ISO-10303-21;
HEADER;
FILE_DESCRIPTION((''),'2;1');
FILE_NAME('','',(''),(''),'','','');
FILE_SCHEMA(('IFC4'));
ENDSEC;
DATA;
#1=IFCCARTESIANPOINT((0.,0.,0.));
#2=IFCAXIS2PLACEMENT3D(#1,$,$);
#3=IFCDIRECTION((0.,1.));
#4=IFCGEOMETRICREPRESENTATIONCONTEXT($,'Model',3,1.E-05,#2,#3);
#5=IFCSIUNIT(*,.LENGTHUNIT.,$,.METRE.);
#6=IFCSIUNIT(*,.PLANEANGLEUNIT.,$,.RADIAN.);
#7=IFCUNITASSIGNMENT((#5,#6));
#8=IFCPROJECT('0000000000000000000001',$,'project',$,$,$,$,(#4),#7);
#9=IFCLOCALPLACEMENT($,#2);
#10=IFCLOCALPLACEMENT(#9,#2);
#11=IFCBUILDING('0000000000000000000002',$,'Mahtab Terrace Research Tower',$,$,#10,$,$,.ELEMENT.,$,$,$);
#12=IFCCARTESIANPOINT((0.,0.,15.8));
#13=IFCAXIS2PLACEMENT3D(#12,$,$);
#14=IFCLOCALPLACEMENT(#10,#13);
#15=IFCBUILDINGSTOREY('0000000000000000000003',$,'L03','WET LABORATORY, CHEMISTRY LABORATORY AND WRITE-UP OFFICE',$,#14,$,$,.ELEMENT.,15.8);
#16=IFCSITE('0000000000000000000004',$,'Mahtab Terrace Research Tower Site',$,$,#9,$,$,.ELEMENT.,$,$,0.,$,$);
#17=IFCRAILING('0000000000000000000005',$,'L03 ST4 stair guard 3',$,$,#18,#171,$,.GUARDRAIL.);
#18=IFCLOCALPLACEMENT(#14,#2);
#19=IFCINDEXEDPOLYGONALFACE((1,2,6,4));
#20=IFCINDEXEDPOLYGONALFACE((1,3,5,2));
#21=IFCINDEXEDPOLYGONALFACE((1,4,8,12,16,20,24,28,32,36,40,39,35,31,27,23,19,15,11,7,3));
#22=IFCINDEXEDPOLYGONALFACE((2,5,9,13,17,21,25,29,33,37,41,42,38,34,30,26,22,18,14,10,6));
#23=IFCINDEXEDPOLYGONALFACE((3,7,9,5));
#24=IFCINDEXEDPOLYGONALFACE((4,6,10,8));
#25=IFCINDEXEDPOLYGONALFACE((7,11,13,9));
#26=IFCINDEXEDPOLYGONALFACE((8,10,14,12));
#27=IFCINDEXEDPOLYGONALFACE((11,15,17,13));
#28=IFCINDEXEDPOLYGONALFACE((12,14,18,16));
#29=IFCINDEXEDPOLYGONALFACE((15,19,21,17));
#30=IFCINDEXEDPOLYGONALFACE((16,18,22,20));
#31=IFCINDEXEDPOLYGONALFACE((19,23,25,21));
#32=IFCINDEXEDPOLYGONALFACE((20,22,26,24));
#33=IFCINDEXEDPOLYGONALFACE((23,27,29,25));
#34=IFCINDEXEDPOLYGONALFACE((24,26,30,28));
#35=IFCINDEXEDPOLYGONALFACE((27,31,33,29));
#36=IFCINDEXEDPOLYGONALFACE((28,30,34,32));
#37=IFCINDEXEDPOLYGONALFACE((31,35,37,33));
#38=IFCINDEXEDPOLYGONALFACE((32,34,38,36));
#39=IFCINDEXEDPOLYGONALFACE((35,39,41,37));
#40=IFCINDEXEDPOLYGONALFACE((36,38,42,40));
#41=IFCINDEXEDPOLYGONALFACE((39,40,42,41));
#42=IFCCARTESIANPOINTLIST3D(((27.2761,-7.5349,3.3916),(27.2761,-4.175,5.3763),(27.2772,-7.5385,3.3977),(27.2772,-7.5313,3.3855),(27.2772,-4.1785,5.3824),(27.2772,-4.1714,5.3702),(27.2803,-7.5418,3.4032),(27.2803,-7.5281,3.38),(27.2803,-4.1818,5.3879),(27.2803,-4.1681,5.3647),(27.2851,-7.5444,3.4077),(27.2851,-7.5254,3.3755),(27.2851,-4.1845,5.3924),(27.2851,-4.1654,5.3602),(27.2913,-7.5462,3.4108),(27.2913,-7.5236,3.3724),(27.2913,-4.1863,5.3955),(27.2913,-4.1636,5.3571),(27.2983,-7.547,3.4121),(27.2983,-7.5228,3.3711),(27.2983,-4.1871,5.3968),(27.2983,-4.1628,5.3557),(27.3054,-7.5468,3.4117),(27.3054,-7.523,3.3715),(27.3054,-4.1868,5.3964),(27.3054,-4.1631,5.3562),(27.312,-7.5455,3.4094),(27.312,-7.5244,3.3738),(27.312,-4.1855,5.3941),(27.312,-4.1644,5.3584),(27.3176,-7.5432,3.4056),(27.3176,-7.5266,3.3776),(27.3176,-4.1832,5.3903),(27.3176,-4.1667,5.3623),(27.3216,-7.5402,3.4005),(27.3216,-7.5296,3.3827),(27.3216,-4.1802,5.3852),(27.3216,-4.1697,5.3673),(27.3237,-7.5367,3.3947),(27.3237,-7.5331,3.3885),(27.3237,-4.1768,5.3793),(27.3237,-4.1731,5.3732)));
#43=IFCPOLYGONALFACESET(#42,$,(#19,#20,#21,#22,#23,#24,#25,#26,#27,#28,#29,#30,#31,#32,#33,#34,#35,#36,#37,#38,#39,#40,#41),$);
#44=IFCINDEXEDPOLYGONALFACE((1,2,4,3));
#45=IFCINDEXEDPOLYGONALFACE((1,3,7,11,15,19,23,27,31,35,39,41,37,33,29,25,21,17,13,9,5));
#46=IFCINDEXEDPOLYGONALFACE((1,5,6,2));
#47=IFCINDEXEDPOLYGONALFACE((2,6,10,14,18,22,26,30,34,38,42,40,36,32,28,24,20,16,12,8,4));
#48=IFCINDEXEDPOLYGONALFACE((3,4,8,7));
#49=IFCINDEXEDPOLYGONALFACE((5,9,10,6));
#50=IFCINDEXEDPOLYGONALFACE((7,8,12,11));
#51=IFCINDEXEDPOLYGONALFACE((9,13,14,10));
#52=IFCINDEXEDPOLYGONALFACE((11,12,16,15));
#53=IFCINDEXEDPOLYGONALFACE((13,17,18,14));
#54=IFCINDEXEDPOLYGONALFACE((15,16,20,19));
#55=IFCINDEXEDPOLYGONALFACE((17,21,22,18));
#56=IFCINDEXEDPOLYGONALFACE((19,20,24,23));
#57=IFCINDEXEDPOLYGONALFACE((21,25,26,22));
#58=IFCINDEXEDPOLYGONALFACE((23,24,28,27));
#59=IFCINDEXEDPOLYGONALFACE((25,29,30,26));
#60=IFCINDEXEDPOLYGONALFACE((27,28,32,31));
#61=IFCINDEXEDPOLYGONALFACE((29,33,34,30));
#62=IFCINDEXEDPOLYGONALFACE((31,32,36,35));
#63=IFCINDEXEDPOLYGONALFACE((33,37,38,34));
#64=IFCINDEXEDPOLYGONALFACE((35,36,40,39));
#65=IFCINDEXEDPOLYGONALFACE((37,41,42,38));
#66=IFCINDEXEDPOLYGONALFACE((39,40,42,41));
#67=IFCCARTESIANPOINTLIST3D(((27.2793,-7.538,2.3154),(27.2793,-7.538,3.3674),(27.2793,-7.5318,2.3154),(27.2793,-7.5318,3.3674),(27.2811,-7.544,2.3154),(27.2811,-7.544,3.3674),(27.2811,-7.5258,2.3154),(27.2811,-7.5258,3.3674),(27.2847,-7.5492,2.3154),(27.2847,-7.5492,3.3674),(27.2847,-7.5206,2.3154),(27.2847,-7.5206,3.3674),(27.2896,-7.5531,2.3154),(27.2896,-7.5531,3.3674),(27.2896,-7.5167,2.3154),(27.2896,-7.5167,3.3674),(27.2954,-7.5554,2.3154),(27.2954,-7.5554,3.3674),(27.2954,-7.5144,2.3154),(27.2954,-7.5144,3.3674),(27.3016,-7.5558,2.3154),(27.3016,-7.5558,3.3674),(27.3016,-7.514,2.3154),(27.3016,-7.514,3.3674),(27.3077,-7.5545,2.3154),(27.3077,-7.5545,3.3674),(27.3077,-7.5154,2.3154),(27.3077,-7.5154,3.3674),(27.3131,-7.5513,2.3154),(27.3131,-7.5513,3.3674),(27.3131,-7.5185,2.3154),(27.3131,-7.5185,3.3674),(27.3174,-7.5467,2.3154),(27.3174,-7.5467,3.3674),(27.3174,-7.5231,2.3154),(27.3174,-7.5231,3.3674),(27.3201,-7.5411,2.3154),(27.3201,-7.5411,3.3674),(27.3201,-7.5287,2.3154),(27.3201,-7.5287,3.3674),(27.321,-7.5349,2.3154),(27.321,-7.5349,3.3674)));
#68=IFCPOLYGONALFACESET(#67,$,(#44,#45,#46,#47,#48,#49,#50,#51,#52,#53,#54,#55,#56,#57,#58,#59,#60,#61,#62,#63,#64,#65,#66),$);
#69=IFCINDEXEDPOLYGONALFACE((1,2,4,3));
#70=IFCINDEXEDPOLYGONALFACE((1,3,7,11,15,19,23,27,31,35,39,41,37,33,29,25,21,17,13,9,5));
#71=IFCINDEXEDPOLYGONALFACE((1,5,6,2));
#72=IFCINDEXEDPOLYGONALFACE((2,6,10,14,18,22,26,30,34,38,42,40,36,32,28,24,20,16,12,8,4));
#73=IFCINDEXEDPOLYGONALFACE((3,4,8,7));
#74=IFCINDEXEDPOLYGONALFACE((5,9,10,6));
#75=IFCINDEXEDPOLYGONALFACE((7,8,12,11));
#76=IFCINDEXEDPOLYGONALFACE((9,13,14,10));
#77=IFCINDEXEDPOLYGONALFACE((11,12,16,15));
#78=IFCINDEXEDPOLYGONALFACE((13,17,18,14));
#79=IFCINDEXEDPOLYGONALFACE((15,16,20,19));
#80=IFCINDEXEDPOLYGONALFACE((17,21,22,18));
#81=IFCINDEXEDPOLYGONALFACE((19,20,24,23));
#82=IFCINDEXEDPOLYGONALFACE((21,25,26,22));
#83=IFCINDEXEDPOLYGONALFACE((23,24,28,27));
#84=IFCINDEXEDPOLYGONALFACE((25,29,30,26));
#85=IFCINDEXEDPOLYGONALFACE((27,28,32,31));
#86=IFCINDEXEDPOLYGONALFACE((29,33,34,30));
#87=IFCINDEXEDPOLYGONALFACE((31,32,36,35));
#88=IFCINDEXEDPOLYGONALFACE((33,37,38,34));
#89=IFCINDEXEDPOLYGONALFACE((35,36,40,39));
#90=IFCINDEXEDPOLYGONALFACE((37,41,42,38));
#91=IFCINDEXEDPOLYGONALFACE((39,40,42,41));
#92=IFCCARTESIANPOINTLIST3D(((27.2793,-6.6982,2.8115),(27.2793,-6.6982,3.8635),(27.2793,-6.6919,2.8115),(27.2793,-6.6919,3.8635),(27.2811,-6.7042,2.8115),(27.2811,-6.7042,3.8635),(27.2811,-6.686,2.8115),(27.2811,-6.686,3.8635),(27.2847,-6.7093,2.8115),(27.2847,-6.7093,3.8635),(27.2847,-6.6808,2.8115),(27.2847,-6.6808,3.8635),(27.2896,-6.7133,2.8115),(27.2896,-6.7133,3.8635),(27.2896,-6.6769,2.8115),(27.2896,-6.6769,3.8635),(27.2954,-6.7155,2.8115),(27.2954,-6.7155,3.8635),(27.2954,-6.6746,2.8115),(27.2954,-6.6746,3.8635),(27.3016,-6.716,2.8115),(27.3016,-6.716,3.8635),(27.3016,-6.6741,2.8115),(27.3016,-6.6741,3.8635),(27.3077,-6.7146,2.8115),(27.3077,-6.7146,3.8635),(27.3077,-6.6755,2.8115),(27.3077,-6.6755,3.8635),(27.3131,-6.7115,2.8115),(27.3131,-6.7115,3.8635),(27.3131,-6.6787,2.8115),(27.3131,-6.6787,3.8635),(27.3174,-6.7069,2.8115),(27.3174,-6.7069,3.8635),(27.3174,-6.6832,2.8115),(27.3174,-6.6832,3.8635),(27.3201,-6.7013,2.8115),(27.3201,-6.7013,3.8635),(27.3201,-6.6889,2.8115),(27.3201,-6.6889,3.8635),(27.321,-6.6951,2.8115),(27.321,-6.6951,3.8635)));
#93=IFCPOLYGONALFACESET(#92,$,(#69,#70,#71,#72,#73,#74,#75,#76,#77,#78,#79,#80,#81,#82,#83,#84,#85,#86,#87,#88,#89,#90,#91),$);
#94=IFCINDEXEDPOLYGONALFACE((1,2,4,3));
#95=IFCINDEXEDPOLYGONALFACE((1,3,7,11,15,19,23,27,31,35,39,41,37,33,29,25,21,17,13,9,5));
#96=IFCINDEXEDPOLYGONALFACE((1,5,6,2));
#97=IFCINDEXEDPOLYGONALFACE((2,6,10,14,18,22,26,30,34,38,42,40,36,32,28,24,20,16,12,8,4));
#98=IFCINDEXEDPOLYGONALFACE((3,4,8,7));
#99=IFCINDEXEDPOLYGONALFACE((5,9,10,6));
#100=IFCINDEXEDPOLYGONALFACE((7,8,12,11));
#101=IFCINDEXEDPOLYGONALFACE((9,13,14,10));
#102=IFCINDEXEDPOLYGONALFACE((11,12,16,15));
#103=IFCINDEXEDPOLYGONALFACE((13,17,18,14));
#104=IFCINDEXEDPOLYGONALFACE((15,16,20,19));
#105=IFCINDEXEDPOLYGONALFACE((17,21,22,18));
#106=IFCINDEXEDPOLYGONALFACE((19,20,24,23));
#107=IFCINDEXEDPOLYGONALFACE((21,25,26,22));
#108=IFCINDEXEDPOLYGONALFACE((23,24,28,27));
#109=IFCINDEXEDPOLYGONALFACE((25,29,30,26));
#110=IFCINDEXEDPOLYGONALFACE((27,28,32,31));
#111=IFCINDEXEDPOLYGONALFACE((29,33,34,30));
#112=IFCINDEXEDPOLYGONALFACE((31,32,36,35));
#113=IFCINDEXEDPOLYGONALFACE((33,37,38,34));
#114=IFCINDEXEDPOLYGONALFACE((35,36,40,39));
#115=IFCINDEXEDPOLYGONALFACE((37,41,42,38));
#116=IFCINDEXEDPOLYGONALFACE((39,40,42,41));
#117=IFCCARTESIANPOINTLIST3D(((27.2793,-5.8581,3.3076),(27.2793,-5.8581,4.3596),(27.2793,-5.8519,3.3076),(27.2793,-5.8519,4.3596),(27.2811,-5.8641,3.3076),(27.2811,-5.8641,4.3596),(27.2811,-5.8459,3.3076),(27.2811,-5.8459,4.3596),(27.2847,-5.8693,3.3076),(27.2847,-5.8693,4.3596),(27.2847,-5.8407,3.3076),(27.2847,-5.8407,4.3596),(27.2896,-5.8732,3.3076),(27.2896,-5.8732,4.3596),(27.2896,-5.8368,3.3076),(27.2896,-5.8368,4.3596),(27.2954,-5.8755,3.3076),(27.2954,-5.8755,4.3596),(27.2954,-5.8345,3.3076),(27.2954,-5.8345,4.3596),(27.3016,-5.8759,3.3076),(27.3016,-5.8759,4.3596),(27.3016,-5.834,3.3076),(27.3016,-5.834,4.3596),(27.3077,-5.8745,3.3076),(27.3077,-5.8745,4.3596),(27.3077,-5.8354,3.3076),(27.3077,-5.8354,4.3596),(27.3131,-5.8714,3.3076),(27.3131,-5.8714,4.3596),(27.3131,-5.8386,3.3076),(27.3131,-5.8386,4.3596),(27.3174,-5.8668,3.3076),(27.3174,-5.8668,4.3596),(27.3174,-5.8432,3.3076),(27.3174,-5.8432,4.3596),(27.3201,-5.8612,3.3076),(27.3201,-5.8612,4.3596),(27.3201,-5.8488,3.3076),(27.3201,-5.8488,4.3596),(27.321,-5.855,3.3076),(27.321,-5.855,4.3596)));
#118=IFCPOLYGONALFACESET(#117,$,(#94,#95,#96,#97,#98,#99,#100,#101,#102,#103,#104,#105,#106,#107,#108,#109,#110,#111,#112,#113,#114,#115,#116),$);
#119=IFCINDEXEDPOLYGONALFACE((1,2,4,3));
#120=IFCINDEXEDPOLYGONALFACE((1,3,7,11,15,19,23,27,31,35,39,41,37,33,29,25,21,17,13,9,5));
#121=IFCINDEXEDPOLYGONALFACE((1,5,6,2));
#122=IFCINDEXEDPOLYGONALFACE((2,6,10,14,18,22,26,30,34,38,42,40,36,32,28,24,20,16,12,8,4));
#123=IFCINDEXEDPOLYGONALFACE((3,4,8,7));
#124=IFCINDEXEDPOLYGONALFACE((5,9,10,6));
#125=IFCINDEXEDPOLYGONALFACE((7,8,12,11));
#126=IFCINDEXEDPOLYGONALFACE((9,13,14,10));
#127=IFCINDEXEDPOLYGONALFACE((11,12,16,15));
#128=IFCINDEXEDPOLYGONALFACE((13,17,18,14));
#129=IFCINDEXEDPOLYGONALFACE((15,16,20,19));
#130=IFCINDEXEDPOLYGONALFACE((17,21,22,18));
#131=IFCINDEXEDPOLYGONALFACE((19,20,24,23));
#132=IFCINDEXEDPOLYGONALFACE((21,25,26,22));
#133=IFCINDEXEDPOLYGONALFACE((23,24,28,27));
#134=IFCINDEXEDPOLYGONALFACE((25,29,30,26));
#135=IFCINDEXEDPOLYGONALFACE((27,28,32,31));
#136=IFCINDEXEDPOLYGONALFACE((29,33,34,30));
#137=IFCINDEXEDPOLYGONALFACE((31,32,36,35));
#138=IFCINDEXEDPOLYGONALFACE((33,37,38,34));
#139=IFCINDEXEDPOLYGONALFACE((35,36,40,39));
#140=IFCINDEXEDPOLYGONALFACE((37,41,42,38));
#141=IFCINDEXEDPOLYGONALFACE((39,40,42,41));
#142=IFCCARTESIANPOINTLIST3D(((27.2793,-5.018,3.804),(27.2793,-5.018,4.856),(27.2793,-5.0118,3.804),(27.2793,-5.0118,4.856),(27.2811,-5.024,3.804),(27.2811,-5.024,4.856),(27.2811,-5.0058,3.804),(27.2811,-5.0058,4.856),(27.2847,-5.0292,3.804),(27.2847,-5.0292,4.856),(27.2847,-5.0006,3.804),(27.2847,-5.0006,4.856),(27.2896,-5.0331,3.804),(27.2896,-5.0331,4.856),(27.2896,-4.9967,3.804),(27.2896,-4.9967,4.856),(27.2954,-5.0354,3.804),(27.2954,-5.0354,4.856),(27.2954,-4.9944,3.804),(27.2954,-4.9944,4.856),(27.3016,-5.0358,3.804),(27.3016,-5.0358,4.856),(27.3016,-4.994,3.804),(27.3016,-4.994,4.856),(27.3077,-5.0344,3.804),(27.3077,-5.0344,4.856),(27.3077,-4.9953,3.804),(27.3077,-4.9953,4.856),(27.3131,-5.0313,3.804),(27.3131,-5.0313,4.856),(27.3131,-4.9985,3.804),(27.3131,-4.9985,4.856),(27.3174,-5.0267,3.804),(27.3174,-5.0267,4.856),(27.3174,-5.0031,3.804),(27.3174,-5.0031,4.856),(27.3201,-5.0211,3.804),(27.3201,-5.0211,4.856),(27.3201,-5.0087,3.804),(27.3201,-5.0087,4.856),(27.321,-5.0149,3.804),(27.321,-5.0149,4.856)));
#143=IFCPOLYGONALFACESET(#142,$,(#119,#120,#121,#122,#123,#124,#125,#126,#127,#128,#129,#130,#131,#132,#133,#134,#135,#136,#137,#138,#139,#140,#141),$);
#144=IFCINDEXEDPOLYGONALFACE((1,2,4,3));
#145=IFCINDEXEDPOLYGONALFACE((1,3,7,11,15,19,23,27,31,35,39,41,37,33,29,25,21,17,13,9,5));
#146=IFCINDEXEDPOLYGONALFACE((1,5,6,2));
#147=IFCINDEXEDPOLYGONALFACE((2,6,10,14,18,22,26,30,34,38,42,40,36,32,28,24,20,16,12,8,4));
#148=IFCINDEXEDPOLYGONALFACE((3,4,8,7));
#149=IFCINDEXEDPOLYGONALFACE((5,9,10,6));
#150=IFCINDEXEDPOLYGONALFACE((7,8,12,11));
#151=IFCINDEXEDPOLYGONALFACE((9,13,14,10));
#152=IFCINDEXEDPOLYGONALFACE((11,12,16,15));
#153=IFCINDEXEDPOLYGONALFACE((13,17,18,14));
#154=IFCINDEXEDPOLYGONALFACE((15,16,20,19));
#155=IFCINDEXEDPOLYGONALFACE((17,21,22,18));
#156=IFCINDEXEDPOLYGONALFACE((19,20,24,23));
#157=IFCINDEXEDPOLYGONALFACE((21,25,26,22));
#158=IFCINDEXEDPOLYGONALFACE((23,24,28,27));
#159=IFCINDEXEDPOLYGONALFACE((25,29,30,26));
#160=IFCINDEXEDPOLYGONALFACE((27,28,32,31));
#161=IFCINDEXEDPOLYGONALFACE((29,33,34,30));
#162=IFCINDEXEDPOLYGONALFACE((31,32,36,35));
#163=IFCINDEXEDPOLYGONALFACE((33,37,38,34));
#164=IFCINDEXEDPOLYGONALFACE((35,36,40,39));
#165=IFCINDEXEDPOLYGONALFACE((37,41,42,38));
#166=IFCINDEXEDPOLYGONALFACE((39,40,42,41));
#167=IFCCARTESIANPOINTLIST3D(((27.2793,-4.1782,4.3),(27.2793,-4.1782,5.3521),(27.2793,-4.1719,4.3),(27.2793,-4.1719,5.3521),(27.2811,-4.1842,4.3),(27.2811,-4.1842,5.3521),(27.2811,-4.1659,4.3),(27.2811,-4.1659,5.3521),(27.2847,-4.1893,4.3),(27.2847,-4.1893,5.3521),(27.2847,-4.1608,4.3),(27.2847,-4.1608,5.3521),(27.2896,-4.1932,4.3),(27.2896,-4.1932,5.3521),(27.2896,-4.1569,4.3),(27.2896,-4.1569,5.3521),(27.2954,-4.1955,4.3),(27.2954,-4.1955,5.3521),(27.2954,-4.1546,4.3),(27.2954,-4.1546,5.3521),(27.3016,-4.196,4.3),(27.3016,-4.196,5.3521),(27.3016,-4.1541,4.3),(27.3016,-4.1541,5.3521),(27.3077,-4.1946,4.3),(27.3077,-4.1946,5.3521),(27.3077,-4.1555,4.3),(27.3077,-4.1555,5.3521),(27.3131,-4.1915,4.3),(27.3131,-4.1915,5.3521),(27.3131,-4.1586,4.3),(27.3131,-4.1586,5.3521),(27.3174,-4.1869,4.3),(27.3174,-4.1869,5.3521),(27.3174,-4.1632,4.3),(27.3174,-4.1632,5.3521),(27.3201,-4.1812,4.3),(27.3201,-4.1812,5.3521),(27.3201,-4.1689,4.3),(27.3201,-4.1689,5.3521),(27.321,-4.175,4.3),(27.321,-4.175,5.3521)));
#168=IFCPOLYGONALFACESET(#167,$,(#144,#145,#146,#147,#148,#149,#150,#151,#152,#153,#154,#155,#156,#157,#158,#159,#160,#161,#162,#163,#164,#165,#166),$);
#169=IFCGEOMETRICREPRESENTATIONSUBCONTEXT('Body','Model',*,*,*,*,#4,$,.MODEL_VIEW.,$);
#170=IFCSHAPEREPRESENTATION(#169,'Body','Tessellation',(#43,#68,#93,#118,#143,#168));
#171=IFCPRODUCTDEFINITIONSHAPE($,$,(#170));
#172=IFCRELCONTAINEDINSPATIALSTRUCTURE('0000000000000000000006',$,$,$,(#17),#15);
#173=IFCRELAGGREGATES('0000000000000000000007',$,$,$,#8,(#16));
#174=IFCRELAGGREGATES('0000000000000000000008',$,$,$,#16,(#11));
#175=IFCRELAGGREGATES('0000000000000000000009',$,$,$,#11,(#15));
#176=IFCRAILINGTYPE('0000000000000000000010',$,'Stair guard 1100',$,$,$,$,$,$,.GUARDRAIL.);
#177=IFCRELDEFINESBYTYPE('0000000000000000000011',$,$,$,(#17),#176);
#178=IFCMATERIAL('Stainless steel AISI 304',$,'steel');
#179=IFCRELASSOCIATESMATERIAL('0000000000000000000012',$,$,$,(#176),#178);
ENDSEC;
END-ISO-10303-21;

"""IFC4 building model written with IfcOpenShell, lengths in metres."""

from ifc_helpers import new_model, si_unit, direction, frame, origin, origin_2d, place, context, subcontext, project, spatial, circle, extrude, material, type_object, element, save


model = new_model("IFC4")

# Units and contexts
model_context = context("Model", 3, precision=1e-05, world=origin(), true_north=direction((0.0, 1.0)))
body_context = subcontext(model_context, "Body", "Model", "MODEL_VIEW")
ifc_project = project(units=[si_unit("LENGTHUNIT", "METRE"), si_unit("PLANEANGLEUNIT", "RADIAN")], contexts=[model_context])

# Site, building, storey
site_placement = place(None, origin())
site = spatial("IfcSite", under=ifc_project, at=site_placement, Name="Mahtab Terrace Research Tower Site", CompositionType="ELEMENT", RefElevation=0.0)
building_placement = place(site_placement, origin())
building = spatial("IfcBuilding", under=site, at=building_placement, Name="Mahtab Terrace Research Tower", CompositionType="ELEMENT")
storey_placement = place(building_placement, frame((0.0, 0.0, 15.8)))
storey = spatial("IfcBuildingStorey", under=building, at=storey_placement, Name="L03", Description="WET LABORATORY, CHEMISTRY LABORATORY AND WRITE-UP OFFICE", CompositionType="ELEMENT", Elevation=15.8)

# Shared definitions
ifc_material_1 = material(Name="Stainless steel AISI 304", Category="steel")

# Railing
railing_type_1 = type_object("IfcRailingType", Name="Stair guard 1100", PredefinedType="GUARDRAIL", material=ifc_material_1)
railing_1_placement = place(storey_placement, frame((27.3, -7.5349, 2.3154)))
element("IfcRailing", 1, at=railing_1_placement, inside=storey, type_object=railing_type_1, Name="L03 ST4 stair guard 3", PredefinedType="GUARDRAIL", context=body_context, shape_type="SweptSolid", body=[
    extrude(circle(Radius=0.0239, at=origin_2d()), frame((0.0, 0.0, 1.0762), z_axis=(0.0, 0.861011, 0.508586), x_axis=(-1.0, 0.0, 0.0)), (0.0, 0.0, 1.0), 3.9023),
    extrude(circle(Radius=0.021, at=origin_2d()), origin(), (0.0, 0.0, 1.0), 1.052),
    extrude(circle(Radius=0.021, at=origin_2d()), frame((0.0, 0.8398, 0.4961)), (0.0, 0.0, 1.0), 1.052),
    extrude(circle(Radius=0.021, at=origin_2d()), frame((0.0, 1.6799, 0.9922)), (0.0, 0.0, 1.0), 1.052),
    extrude(circle(Radius=0.021, at=origin_2d()), frame((0.0, 2.52, 1.4885)), (0.0, 0.0, 1.0), 1.052),
    extrude(circle(Radius=0.021, at=origin_2d()), frame((0.0, 3.3599, 1.9846)), (0.0, 0.0, 1.0), 1.052),
])

save(model, "model.ifc")
